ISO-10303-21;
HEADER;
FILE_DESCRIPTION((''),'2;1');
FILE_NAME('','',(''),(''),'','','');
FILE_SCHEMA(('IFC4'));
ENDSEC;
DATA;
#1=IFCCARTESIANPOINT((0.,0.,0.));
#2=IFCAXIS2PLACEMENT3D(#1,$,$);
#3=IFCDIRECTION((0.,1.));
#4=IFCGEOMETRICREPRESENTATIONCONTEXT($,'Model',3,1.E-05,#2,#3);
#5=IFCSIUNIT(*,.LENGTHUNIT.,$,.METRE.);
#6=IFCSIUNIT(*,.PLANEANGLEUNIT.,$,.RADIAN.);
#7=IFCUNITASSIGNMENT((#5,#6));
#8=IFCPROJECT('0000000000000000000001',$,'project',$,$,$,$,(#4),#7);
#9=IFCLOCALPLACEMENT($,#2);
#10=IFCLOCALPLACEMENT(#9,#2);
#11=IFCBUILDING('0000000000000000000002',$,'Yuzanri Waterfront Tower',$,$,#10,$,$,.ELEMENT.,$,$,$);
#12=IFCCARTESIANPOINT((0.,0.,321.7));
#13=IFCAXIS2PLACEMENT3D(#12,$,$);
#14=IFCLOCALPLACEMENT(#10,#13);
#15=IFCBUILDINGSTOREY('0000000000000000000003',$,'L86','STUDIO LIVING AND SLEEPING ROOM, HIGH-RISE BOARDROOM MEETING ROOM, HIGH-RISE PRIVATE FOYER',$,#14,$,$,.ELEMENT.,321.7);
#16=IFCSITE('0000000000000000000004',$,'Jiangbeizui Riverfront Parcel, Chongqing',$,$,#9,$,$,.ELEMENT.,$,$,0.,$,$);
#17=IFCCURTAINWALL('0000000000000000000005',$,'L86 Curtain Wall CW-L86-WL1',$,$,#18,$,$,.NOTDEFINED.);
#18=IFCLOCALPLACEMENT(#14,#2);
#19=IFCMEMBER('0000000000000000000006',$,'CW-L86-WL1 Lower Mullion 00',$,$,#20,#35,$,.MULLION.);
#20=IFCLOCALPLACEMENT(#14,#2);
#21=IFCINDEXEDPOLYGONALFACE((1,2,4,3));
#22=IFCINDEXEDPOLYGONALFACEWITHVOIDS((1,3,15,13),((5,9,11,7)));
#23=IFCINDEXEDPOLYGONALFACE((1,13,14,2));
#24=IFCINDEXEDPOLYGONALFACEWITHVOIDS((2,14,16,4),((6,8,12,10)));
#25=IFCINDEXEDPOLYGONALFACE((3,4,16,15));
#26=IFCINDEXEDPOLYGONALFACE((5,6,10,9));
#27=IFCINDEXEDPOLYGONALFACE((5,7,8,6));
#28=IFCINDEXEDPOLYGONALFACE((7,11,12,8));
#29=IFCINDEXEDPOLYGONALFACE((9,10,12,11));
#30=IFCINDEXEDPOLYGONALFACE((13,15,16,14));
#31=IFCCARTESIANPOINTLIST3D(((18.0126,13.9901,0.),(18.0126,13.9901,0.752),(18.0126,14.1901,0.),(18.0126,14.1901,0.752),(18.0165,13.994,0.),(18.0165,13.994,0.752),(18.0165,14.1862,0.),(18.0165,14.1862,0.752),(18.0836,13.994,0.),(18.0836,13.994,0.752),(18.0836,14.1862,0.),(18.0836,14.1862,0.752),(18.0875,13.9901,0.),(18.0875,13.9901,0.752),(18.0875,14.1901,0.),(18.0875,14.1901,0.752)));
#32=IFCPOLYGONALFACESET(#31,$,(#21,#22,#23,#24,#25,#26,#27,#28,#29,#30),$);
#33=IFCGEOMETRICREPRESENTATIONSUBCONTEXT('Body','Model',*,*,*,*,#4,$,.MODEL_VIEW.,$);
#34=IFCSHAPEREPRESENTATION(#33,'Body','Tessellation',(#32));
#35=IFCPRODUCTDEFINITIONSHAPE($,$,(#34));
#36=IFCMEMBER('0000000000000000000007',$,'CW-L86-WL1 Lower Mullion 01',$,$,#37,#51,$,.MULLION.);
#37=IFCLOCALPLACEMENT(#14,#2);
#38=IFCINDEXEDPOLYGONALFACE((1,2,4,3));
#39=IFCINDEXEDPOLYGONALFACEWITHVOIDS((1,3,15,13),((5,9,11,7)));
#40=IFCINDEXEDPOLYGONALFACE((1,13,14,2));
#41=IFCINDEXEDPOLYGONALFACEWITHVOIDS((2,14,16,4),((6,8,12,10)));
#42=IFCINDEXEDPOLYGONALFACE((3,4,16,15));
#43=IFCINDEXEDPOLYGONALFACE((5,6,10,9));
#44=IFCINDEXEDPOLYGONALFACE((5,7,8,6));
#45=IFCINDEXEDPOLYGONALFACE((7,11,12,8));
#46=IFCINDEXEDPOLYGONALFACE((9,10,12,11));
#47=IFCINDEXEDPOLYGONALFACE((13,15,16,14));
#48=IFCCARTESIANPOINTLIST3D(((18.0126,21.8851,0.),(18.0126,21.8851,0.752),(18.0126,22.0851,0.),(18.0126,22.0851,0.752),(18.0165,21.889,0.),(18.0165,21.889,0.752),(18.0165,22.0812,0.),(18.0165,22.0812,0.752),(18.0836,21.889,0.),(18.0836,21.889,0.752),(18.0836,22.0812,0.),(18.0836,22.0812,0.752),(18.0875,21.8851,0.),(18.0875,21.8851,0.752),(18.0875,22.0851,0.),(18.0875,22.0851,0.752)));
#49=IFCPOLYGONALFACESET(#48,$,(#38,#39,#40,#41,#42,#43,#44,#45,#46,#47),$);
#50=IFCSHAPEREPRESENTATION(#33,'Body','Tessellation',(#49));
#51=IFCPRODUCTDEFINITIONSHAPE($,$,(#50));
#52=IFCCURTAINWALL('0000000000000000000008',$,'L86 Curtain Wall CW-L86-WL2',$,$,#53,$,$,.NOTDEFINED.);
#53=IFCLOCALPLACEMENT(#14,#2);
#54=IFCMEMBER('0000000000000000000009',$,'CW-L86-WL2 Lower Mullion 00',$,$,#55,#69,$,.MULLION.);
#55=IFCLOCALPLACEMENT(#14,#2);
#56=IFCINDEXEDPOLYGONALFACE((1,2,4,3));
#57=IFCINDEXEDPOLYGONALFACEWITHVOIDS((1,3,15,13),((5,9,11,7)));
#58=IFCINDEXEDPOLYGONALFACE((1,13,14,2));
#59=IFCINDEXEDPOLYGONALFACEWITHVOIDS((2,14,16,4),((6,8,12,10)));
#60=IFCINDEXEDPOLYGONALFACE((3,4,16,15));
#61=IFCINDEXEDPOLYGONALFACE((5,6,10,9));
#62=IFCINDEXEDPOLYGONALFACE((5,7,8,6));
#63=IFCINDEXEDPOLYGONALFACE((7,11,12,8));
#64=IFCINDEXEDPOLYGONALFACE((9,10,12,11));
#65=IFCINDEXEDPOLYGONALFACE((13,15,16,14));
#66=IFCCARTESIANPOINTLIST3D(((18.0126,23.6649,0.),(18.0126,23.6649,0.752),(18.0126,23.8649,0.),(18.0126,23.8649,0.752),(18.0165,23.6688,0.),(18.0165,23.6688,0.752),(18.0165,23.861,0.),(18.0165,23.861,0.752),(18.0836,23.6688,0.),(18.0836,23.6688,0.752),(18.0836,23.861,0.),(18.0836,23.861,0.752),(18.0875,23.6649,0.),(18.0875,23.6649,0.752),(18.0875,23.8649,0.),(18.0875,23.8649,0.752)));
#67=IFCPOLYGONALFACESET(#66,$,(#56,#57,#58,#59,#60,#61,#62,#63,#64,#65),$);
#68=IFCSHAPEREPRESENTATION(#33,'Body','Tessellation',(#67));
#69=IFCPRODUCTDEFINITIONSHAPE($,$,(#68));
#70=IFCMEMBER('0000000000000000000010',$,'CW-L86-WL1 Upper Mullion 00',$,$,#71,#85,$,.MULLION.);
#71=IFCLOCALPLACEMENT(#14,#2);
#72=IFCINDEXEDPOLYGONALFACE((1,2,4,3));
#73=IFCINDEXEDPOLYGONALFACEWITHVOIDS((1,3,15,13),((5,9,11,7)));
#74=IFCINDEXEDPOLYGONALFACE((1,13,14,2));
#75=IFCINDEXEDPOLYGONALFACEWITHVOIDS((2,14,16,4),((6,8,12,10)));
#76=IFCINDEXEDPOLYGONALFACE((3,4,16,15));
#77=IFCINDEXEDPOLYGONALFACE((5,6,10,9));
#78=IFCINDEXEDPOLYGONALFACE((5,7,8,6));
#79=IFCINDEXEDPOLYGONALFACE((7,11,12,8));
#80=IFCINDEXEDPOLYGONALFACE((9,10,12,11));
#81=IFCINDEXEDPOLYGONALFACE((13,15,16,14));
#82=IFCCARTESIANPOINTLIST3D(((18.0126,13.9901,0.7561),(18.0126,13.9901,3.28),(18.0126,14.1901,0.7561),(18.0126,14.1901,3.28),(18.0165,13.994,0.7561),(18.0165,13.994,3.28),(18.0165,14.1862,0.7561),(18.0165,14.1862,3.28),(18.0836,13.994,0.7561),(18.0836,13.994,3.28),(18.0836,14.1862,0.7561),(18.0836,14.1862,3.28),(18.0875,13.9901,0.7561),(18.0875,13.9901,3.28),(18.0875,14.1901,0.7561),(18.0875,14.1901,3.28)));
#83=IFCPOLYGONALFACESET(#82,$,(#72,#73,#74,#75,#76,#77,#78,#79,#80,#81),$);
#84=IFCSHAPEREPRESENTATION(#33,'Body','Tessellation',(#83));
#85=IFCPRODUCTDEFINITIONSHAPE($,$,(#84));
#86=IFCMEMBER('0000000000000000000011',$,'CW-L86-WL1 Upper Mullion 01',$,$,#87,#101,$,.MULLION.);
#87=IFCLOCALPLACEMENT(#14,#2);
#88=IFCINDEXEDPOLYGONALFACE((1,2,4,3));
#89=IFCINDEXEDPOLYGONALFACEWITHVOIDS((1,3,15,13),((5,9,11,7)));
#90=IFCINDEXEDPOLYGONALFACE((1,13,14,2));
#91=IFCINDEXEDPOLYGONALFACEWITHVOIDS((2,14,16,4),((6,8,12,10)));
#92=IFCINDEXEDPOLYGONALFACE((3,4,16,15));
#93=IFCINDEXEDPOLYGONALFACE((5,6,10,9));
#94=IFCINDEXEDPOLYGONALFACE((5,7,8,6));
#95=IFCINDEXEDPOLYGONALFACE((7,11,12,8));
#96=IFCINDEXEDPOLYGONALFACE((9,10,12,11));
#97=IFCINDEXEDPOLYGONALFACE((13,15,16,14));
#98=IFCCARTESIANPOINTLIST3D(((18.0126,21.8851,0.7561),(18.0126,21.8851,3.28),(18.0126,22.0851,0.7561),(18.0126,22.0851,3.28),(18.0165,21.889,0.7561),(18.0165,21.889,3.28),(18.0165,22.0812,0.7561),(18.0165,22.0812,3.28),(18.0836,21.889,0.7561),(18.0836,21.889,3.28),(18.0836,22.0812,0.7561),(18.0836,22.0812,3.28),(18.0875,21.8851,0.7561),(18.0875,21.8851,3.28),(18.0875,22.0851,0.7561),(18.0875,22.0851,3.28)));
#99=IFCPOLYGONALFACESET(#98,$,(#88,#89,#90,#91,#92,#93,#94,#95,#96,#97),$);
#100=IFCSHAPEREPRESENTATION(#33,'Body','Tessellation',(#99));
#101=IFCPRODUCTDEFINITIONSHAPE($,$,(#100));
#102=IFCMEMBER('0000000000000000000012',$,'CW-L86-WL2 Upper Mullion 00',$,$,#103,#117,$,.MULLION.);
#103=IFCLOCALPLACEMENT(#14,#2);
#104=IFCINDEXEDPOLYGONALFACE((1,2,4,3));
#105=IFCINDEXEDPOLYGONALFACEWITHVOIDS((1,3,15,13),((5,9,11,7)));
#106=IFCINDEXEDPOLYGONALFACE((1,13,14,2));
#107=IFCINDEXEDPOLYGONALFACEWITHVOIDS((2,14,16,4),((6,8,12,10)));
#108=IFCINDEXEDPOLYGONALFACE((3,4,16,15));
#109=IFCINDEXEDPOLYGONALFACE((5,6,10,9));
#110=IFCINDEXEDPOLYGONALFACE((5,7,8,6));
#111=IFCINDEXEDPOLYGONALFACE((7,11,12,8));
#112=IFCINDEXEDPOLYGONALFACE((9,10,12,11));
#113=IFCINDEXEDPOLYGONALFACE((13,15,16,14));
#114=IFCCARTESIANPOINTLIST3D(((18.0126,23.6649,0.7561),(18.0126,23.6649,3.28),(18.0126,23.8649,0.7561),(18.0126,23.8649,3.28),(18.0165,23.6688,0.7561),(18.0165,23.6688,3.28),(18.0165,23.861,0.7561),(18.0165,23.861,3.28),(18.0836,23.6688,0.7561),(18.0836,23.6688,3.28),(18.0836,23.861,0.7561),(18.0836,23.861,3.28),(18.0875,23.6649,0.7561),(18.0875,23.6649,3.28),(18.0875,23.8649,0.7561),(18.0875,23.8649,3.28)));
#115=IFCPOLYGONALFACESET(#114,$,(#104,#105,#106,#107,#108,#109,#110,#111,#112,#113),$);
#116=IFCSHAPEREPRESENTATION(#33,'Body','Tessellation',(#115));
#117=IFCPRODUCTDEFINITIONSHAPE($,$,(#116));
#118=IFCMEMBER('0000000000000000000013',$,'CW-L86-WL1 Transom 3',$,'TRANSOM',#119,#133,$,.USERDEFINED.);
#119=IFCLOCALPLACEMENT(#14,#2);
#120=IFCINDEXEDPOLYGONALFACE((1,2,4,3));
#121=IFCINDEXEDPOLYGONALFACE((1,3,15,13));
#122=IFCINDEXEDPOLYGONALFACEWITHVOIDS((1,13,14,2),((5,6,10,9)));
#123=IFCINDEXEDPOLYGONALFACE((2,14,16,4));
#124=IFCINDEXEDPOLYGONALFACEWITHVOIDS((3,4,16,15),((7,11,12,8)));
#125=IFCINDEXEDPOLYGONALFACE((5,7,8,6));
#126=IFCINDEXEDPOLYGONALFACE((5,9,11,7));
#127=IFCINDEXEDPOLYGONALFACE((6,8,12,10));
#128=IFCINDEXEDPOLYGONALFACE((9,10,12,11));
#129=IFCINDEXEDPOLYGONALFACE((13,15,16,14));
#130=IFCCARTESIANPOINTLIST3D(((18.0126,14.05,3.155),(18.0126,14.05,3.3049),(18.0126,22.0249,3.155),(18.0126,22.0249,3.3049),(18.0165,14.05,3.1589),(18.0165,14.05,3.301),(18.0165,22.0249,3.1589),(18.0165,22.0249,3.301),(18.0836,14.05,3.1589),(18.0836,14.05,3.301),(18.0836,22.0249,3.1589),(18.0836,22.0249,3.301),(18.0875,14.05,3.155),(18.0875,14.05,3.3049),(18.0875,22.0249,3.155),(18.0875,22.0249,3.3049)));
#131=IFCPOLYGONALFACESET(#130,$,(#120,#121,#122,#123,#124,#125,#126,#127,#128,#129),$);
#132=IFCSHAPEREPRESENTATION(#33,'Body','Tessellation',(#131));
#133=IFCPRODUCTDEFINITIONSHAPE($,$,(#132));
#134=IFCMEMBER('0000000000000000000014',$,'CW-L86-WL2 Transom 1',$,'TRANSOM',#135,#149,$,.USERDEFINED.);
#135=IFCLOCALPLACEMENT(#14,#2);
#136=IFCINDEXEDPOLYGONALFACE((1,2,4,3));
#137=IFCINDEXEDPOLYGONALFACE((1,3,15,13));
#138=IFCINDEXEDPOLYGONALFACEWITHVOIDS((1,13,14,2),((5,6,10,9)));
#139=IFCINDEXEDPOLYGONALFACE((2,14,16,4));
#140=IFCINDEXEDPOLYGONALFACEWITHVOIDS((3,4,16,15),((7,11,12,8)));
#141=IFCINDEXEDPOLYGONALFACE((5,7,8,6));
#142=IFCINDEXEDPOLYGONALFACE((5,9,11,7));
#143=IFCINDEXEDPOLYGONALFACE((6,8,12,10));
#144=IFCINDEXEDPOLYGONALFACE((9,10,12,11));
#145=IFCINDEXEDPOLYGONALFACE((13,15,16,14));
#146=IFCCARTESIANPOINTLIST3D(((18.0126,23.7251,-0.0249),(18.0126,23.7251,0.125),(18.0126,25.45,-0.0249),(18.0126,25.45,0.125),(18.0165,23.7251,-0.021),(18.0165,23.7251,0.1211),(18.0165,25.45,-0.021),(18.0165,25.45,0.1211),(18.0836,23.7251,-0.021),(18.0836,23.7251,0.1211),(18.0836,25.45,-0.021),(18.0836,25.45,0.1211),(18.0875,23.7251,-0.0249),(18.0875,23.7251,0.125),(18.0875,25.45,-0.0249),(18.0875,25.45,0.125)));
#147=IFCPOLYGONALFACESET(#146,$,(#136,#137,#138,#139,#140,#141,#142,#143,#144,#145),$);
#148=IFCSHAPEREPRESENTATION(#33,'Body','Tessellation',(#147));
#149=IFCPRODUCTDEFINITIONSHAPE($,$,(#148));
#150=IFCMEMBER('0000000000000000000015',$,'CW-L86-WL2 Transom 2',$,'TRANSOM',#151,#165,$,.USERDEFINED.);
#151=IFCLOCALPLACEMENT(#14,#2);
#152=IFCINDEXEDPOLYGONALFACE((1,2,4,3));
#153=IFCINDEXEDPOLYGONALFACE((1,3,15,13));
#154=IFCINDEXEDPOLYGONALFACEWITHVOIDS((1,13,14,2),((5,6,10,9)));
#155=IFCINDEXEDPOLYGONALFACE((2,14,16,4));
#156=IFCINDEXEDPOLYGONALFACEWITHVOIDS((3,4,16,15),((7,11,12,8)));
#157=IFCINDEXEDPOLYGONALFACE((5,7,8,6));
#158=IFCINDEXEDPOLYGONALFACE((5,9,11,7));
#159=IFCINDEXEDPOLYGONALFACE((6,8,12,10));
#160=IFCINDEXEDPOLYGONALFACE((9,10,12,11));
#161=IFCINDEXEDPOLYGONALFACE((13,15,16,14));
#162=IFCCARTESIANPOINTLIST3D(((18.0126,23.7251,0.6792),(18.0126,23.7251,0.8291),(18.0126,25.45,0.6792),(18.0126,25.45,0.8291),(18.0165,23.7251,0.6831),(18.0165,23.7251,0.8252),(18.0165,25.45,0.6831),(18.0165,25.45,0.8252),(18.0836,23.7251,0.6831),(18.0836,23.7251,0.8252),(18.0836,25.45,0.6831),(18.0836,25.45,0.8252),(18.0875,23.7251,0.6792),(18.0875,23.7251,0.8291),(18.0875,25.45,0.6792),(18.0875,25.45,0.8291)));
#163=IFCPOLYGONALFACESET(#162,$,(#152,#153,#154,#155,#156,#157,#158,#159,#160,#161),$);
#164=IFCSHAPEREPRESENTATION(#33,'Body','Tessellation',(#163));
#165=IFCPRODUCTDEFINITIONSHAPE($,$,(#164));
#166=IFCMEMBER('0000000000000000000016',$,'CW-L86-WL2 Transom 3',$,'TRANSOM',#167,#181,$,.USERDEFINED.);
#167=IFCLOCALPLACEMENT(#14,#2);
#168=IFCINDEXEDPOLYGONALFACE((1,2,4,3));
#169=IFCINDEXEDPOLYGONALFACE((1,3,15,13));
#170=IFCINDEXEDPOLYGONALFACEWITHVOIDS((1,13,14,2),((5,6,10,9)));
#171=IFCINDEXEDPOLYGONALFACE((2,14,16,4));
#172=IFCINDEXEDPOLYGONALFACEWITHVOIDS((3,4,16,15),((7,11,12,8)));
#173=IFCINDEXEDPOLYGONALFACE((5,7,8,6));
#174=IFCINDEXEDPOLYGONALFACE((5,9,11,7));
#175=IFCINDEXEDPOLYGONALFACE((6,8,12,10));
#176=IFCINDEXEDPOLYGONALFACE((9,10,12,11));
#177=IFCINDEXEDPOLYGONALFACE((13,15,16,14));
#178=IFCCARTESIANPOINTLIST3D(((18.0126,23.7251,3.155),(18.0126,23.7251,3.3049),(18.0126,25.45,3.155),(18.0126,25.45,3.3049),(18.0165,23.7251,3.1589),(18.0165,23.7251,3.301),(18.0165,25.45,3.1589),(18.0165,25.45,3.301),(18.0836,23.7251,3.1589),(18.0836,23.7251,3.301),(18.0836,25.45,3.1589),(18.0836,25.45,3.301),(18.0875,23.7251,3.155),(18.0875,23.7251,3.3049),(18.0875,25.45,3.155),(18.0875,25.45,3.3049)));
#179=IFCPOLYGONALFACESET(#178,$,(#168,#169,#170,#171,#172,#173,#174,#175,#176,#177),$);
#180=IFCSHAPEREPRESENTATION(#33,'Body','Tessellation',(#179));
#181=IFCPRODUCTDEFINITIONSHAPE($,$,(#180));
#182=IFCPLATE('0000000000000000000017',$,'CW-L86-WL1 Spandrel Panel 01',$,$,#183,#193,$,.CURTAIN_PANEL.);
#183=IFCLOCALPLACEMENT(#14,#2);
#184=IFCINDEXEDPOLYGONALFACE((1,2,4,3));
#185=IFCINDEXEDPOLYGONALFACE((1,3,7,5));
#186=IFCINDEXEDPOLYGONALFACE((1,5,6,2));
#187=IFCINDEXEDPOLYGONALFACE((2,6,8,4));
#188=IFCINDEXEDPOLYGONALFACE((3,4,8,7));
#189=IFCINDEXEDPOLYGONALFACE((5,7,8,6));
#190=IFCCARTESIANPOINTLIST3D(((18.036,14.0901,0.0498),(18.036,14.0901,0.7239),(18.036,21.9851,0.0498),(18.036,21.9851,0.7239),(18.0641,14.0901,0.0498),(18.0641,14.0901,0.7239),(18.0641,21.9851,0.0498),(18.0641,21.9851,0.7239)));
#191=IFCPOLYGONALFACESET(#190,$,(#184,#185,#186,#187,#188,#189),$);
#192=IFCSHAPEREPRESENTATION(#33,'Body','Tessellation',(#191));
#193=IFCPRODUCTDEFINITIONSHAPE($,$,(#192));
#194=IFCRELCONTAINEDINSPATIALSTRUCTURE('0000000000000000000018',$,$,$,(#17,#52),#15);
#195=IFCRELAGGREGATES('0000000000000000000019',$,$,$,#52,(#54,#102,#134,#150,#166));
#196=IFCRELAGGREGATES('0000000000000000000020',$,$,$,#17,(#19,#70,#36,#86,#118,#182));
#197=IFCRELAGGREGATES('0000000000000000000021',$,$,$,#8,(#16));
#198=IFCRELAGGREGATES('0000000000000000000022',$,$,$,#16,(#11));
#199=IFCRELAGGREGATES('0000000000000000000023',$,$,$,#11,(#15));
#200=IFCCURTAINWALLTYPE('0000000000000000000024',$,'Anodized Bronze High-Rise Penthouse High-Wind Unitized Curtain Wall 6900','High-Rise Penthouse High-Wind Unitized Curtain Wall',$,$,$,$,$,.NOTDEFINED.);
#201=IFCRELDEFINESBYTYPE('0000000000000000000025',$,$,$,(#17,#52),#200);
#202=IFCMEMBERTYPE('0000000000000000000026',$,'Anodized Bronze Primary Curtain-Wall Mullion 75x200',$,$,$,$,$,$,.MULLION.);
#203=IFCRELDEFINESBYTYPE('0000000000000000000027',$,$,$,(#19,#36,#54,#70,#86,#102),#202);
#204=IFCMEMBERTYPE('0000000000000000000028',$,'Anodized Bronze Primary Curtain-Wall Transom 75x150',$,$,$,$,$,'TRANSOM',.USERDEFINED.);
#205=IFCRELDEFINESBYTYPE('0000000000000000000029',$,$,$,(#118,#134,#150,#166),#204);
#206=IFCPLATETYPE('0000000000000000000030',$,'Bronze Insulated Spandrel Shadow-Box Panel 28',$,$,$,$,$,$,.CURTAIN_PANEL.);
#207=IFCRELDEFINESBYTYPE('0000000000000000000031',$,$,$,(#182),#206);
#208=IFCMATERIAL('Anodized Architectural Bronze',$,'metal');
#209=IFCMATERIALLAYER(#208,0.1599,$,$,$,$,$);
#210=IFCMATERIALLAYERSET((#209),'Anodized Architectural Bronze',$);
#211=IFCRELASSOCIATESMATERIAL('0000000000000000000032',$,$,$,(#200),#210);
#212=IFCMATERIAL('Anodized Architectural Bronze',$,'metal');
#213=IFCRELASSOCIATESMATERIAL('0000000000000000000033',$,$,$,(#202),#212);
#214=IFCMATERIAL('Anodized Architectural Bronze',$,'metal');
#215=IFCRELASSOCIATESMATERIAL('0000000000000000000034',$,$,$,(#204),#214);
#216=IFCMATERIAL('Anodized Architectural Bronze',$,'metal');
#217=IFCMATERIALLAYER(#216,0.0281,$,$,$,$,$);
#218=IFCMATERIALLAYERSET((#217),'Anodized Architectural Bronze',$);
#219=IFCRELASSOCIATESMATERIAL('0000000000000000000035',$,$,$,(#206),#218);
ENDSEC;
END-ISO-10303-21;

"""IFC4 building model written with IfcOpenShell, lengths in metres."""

from ifc_helpers import new_model, si_unit, direction, frame, origin, origin_2d, place, context, subcontext, project, spatial, rectangle, hollow_rectangle, extrude, source, transform, mapped, material, layer, layer_set, material_profile, profile_set, type_object, element, aggregate, save


model = new_model("IFC4")

# Units and contexts
model_context = context("Model", 3, precision=1e-05, world=origin(), true_north=direction((0.0, 1.0)))
body_context = subcontext(model_context, "Body", "Model", "MODEL_VIEW")
ifc_project = project(units=[si_unit("LENGTHUNIT", "METRE"), si_unit("PLANEANGLEUNIT", "RADIAN")], contexts=[model_context])

# Site, building, storey
site_placement = place(None, origin())
site = spatial("IfcSite", under=ifc_project, at=site_placement, Name="Jiangbeizui Riverfront Parcel, Chongqing", CompositionType="ELEMENT", RefElevation=0.0)
building_placement = place(site_placement, origin())
building = spatial("IfcBuilding", under=site, at=building_placement, Name="Yuzanri Waterfront Tower", CompositionType="ELEMENT")
storey_placement = place(building_placement, frame((0.0, 0.0, 321.7)))
storey = spatial("IfcBuildingStorey", under=building, at=storey_placement, Name="L86", Description="STUDIO LIVING AND SLEEPING ROOM, HIGH-RISE BOARDROOM MEETING ROOM, HIGH-RISE PRIVATE FOYER", CompositionType="ELEMENT", Elevation=321.7)

# Curtain wall, members
ifc_material_1 = material(Name="Anodized Architectural Bronze", Category="metal")
ifc_layer_1 = layer(ifc_material_1, 0.1599)
ifc_layer_set_1 = layer_set([ifc_layer_1], Name="Anodized Architectural Bronze")
curtain_wall_type = type_object("IfcCurtainWallType", Name="Anodized Bronze High-Rise Penthouse High-Wind Unitized Curtain Wall 6900", Description="High-Rise Penthouse High-Wind Unitized Curtain Wall", PredefinedType="NOTDEFINED", material=ifc_layer_set_1)
curtain_wall_1_placement = place(storey_placement, origin())
curtain_wall_1 = element("IfcCurtainWall", 1, at=curtain_wall_1_placement, inside=storey, type_object=curtain_wall_type, Name="L86 Curtain Wall CW-L86-WL1", PredefinedType="NOTDEFINED")
ifc_material_2 = material(Name="Anodized Architectural Bronze", Category="metal")
ifc_material_profile_1 = material_profile(ifc_material_2, hollow_rectangle(XDim=0.075, YDim=0.2, WallThickness=0.0039, at=origin_2d()), Name="CWM 75x200")
ifc_profile_set_1 = profile_set([ifc_material_profile_1], Name="Anodized Architectural Bronze")
member_type_1 = type_object("IfcMemberType", Name="Anodized Bronze Primary Curtain-Wall Mullion 75x200", PredefinedType="MULLION", material=ifc_profile_set_1)
shared_shape_1 = source(origin(), body_context, "Body", "SweptSolid", [
    extrude(hollow_rectangle(XDim=0.075, YDim=0.2, WallThickness=0.0039, at=origin_2d()), origin(), (0.0, 0.0, 1.0), 0.752),
])
member_1_placement = place(storey_placement, frame((18.05, 14.0901, 0.0), z_axis=(0.0, 0.0, 1.0), x_axis=(1.0, 0.0, 0.0)))
member_1 = element("IfcMember", 2, at=member_1_placement, type_object=member_type_1, Name="CW-L86-WL1 Lower Mullion 00", PredefinedType="MULLION", context=body_context, shape_type="MappedRepresentation", body=[
    mapped(shared_shape_1, transform((0.0, 0.0, 0.0), scale=1.0)),
])
member_2_placement = place(storey_placement, frame((18.05, 21.9851, 0.0), z_axis=(0.0, 0.0, 1.0), x_axis=(1.0, 0.0, 0.0)))
member_2 = element("IfcMember", 3, at=member_2_placement, type_object=member_type_1, Name="CW-L86-WL1 Lower Mullion 01", PredefinedType="MULLION", context=body_context, shape_type="MappedRepresentation", body=[
    mapped(shared_shape_1, transform((0.0, 0.0, 0.0), scale=1.0)),
])

# Curtain wall, member
curtain_wall_2_placement = place(storey_placement, origin())
curtain_wall_2 = element("IfcCurtainWall", 4, at=curtain_wall_2_placement, inside=storey, type_object=curtain_wall_type, Name="L86 Curtain Wall CW-L86-WL2", PredefinedType="NOTDEFINED")
member_3_placement = place(storey_placement, frame((18.05, 23.7649, 0.0), z_axis=(0.0, 0.0, 1.0), x_axis=(1.0, 0.0, 0.0)))
member_3 = element("IfcMember", 5, at=member_3_placement, type_object=member_type_1, Name="CW-L86-WL2 Lower Mullion 00", PredefinedType="MULLION", context=body_context, shape_type="MappedRepresentation", body=[
    mapped(shared_shape_1, transform((0.0, 0.0, 0.0), scale=1.0)),
])

# Members
shared_shape_2 = source(origin(), body_context, "Body", "SweptSolid", [
    extrude(hollow_rectangle(XDim=0.075, YDim=0.2, WallThickness=0.0039, at=origin_2d()), origin(), (0.0, 0.0, 1.0), 2.5239),
])
member_4_placement = place(storey_placement, frame((18.05, 14.0901, 0.7561), z_axis=(0.0, 0.0, 1.0), x_axis=(1.0, 0.0, 0.0)))
member_4 = element("IfcMember", 6, at=member_4_placement, type_object=member_type_1, Name="CW-L86-WL1 Upper Mullion 00", PredefinedType="MULLION", context=body_context, shape_type="MappedRepresentation", body=[
    mapped(shared_shape_2, transform((0.0, 0.0, 0.0), scale=1.0)),
])
member_5_placement = place(storey_placement, frame((18.05, 21.9851, 0.7561), z_axis=(0.0, 0.0, 1.0), x_axis=(1.0, 0.0, 0.0)))
member_5 = element("IfcMember", 7, at=member_5_placement, type_object=member_type_1, Name="CW-L86-WL1 Upper Mullion 01", PredefinedType="MULLION", context=body_context, shape_type="MappedRepresentation", body=[
    mapped(shared_shape_2, transform((0.0, 0.0, 0.0), scale=1.0)),
])
member_6_placement = place(storey_placement, frame((18.05, 23.7649, 0.7561), z_axis=(0.0, 0.0, 1.0), x_axis=(1.0, 0.0, 0.0)))
member_6 = element("IfcMember", 8, at=member_6_placement, type_object=member_type_1, Name="CW-L86-WL2 Upper Mullion 00", PredefinedType="MULLION", context=body_context, shape_type="MappedRepresentation", body=[
    mapped(shared_shape_2, transform((0.0, 0.0, 0.0), scale=1.0)),
])
ifc_material_3 = material(Name="Anodized Architectural Bronze", Category="metal")
ifc_material_profile_2 = material_profile(ifc_material_3, hollow_rectangle(XDim=0.075, YDim=0.1499, WallThickness=0.0039, at=origin_2d()), Name="CWT 75x150")
ifc_profile_set_2 = profile_set([ifc_material_profile_2], Name="Anodized Architectural Bronze")
member_type_2 = type_object("IfcMemberType", Name="Anodized Bronze Primary Curtain-Wall Transom 75x150", ElementType="TRANSOM", PredefinedType="USERDEFINED", material=ifc_profile_set_2)
shared_shape_3 = source(origin(), body_context, "Body", "SweptSolid", [
    extrude(hollow_rectangle(XDim=0.075, YDim=0.1499, WallThickness=0.0039, at=origin_2d()), origin(), (0.0, 0.0, 1.0), 7.9749),
])
member_7_placement = place(storey_placement, frame((18.05, 14.05, 3.23), z_axis=(0.0, 1.0, 0.0), x_axis=(-1.0, 0.0, 0.0)))
member_7 = element("IfcMember", 9, at=member_7_placement, type_object=member_type_2, Name="CW-L86-WL1 Transom 3", ObjectType="TRANSOM", PredefinedType="USERDEFINED", context=body_context, shape_type="MappedRepresentation", body=[
    mapped(shared_shape_3, transform((0.0, 0.0, 0.0), scale=1.0)),
])
shared_shape_4 = source(origin(), body_context, "Body", "SweptSolid", [
    extrude(hollow_rectangle(XDim=0.075, YDim=0.1499, WallThickness=0.0039, at=origin_2d()), origin(), (0.0, 0.0, 1.0), 1.7249),
])
member_8_placement = place(storey_placement, frame((18.05, 23.7251, 0.05), z_axis=(0.0, 1.0, 0.0), x_axis=(-1.0, 0.0, 0.0)))
member_8 = element("IfcMember", 10, at=member_8_placement, type_object=member_type_2, Name="CW-L86-WL2 Transom 1", ObjectType="TRANSOM", PredefinedType="USERDEFINED", context=body_context, shape_type="MappedRepresentation", body=[
    mapped(shared_shape_4, transform((0.0, 0.0, 0.0), scale=1.0)),
])
member_9_placement = place(storey_placement, frame((18.05, 23.7251, 0.7542), z_axis=(0.0, 1.0, 0.0), x_axis=(-1.0, 0.0, 0.0)))
member_9 = element("IfcMember", 11, at=member_9_placement, type_object=member_type_2, Name="CW-L86-WL2 Transom 2", ObjectType="TRANSOM", PredefinedType="USERDEFINED", context=body_context, shape_type="MappedRepresentation", body=[
    mapped(shared_shape_4, transform((0.0, 0.0, 0.0), scale=1.0)),
])
member_10_placement = place(storey_placement, frame((18.05, 23.7251, 3.23), z_axis=(0.0, 1.0, 0.0), x_axis=(-1.0, 0.0, 0.0)))
member_10 = element("IfcMember", 12, at=member_10_placement, type_object=member_type_2, Name="CW-L86-WL2 Transom 3", ObjectType="TRANSOM", PredefinedType="USERDEFINED", context=body_context, shape_type="MappedRepresentation", body=[
    mapped(shared_shape_4, transform((0.0, 0.0, 0.0), scale=1.0)),
])
aggregate(curtain_wall_2, [member_3, member_6, member_8, member_9, member_10])

# Plate
ifc_material_4 = material(Name="Anodized Architectural Bronze", Category="metal")
ifc_layer_2 = layer(ifc_material_4, 0.0281)
ifc_layer_set_2 = layer_set([ifc_layer_2], Name="Anodized Architectural Bronze")
plate_type_1 = type_object("IfcPlateType", Name="Bronze Insulated Spandrel Shadow-Box Panel 28", PredefinedType="CURTAIN_PANEL", material=ifc_layer_set_2)
shared_shape_5 = source(origin(), body_context, "Body", "SweptSolid", [
    extrude(rectangle(XDim=7.895, YDim=0.0281, at=origin_2d()), origin(), (0.0, 0.0, 1.0), 0.6741),
])
plate_1_placement = place(storey_placement, frame((18.05, 18.0376, 0.0498), z_axis=(0.0, 0.0, 1.0), x_axis=(0.0, 1.0, 0.0)))
plate_1 = element("IfcPlate", 13, at=plate_1_placement, type_object=plate_type_1, Name="CW-L86-WL1 Spandrel Panel 01", PredefinedType="CURTAIN_PANEL", context=body_context, shape_type="MappedRepresentation", body=[
    mapped(shared_shape_5, transform((0.0, 0.0, 0.0), scale=1.0)),
])
aggregate(curtain_wall_1, [member_1, member_4, member_2, member_5, member_7, plate_1])

save(model, "model.ifc")
